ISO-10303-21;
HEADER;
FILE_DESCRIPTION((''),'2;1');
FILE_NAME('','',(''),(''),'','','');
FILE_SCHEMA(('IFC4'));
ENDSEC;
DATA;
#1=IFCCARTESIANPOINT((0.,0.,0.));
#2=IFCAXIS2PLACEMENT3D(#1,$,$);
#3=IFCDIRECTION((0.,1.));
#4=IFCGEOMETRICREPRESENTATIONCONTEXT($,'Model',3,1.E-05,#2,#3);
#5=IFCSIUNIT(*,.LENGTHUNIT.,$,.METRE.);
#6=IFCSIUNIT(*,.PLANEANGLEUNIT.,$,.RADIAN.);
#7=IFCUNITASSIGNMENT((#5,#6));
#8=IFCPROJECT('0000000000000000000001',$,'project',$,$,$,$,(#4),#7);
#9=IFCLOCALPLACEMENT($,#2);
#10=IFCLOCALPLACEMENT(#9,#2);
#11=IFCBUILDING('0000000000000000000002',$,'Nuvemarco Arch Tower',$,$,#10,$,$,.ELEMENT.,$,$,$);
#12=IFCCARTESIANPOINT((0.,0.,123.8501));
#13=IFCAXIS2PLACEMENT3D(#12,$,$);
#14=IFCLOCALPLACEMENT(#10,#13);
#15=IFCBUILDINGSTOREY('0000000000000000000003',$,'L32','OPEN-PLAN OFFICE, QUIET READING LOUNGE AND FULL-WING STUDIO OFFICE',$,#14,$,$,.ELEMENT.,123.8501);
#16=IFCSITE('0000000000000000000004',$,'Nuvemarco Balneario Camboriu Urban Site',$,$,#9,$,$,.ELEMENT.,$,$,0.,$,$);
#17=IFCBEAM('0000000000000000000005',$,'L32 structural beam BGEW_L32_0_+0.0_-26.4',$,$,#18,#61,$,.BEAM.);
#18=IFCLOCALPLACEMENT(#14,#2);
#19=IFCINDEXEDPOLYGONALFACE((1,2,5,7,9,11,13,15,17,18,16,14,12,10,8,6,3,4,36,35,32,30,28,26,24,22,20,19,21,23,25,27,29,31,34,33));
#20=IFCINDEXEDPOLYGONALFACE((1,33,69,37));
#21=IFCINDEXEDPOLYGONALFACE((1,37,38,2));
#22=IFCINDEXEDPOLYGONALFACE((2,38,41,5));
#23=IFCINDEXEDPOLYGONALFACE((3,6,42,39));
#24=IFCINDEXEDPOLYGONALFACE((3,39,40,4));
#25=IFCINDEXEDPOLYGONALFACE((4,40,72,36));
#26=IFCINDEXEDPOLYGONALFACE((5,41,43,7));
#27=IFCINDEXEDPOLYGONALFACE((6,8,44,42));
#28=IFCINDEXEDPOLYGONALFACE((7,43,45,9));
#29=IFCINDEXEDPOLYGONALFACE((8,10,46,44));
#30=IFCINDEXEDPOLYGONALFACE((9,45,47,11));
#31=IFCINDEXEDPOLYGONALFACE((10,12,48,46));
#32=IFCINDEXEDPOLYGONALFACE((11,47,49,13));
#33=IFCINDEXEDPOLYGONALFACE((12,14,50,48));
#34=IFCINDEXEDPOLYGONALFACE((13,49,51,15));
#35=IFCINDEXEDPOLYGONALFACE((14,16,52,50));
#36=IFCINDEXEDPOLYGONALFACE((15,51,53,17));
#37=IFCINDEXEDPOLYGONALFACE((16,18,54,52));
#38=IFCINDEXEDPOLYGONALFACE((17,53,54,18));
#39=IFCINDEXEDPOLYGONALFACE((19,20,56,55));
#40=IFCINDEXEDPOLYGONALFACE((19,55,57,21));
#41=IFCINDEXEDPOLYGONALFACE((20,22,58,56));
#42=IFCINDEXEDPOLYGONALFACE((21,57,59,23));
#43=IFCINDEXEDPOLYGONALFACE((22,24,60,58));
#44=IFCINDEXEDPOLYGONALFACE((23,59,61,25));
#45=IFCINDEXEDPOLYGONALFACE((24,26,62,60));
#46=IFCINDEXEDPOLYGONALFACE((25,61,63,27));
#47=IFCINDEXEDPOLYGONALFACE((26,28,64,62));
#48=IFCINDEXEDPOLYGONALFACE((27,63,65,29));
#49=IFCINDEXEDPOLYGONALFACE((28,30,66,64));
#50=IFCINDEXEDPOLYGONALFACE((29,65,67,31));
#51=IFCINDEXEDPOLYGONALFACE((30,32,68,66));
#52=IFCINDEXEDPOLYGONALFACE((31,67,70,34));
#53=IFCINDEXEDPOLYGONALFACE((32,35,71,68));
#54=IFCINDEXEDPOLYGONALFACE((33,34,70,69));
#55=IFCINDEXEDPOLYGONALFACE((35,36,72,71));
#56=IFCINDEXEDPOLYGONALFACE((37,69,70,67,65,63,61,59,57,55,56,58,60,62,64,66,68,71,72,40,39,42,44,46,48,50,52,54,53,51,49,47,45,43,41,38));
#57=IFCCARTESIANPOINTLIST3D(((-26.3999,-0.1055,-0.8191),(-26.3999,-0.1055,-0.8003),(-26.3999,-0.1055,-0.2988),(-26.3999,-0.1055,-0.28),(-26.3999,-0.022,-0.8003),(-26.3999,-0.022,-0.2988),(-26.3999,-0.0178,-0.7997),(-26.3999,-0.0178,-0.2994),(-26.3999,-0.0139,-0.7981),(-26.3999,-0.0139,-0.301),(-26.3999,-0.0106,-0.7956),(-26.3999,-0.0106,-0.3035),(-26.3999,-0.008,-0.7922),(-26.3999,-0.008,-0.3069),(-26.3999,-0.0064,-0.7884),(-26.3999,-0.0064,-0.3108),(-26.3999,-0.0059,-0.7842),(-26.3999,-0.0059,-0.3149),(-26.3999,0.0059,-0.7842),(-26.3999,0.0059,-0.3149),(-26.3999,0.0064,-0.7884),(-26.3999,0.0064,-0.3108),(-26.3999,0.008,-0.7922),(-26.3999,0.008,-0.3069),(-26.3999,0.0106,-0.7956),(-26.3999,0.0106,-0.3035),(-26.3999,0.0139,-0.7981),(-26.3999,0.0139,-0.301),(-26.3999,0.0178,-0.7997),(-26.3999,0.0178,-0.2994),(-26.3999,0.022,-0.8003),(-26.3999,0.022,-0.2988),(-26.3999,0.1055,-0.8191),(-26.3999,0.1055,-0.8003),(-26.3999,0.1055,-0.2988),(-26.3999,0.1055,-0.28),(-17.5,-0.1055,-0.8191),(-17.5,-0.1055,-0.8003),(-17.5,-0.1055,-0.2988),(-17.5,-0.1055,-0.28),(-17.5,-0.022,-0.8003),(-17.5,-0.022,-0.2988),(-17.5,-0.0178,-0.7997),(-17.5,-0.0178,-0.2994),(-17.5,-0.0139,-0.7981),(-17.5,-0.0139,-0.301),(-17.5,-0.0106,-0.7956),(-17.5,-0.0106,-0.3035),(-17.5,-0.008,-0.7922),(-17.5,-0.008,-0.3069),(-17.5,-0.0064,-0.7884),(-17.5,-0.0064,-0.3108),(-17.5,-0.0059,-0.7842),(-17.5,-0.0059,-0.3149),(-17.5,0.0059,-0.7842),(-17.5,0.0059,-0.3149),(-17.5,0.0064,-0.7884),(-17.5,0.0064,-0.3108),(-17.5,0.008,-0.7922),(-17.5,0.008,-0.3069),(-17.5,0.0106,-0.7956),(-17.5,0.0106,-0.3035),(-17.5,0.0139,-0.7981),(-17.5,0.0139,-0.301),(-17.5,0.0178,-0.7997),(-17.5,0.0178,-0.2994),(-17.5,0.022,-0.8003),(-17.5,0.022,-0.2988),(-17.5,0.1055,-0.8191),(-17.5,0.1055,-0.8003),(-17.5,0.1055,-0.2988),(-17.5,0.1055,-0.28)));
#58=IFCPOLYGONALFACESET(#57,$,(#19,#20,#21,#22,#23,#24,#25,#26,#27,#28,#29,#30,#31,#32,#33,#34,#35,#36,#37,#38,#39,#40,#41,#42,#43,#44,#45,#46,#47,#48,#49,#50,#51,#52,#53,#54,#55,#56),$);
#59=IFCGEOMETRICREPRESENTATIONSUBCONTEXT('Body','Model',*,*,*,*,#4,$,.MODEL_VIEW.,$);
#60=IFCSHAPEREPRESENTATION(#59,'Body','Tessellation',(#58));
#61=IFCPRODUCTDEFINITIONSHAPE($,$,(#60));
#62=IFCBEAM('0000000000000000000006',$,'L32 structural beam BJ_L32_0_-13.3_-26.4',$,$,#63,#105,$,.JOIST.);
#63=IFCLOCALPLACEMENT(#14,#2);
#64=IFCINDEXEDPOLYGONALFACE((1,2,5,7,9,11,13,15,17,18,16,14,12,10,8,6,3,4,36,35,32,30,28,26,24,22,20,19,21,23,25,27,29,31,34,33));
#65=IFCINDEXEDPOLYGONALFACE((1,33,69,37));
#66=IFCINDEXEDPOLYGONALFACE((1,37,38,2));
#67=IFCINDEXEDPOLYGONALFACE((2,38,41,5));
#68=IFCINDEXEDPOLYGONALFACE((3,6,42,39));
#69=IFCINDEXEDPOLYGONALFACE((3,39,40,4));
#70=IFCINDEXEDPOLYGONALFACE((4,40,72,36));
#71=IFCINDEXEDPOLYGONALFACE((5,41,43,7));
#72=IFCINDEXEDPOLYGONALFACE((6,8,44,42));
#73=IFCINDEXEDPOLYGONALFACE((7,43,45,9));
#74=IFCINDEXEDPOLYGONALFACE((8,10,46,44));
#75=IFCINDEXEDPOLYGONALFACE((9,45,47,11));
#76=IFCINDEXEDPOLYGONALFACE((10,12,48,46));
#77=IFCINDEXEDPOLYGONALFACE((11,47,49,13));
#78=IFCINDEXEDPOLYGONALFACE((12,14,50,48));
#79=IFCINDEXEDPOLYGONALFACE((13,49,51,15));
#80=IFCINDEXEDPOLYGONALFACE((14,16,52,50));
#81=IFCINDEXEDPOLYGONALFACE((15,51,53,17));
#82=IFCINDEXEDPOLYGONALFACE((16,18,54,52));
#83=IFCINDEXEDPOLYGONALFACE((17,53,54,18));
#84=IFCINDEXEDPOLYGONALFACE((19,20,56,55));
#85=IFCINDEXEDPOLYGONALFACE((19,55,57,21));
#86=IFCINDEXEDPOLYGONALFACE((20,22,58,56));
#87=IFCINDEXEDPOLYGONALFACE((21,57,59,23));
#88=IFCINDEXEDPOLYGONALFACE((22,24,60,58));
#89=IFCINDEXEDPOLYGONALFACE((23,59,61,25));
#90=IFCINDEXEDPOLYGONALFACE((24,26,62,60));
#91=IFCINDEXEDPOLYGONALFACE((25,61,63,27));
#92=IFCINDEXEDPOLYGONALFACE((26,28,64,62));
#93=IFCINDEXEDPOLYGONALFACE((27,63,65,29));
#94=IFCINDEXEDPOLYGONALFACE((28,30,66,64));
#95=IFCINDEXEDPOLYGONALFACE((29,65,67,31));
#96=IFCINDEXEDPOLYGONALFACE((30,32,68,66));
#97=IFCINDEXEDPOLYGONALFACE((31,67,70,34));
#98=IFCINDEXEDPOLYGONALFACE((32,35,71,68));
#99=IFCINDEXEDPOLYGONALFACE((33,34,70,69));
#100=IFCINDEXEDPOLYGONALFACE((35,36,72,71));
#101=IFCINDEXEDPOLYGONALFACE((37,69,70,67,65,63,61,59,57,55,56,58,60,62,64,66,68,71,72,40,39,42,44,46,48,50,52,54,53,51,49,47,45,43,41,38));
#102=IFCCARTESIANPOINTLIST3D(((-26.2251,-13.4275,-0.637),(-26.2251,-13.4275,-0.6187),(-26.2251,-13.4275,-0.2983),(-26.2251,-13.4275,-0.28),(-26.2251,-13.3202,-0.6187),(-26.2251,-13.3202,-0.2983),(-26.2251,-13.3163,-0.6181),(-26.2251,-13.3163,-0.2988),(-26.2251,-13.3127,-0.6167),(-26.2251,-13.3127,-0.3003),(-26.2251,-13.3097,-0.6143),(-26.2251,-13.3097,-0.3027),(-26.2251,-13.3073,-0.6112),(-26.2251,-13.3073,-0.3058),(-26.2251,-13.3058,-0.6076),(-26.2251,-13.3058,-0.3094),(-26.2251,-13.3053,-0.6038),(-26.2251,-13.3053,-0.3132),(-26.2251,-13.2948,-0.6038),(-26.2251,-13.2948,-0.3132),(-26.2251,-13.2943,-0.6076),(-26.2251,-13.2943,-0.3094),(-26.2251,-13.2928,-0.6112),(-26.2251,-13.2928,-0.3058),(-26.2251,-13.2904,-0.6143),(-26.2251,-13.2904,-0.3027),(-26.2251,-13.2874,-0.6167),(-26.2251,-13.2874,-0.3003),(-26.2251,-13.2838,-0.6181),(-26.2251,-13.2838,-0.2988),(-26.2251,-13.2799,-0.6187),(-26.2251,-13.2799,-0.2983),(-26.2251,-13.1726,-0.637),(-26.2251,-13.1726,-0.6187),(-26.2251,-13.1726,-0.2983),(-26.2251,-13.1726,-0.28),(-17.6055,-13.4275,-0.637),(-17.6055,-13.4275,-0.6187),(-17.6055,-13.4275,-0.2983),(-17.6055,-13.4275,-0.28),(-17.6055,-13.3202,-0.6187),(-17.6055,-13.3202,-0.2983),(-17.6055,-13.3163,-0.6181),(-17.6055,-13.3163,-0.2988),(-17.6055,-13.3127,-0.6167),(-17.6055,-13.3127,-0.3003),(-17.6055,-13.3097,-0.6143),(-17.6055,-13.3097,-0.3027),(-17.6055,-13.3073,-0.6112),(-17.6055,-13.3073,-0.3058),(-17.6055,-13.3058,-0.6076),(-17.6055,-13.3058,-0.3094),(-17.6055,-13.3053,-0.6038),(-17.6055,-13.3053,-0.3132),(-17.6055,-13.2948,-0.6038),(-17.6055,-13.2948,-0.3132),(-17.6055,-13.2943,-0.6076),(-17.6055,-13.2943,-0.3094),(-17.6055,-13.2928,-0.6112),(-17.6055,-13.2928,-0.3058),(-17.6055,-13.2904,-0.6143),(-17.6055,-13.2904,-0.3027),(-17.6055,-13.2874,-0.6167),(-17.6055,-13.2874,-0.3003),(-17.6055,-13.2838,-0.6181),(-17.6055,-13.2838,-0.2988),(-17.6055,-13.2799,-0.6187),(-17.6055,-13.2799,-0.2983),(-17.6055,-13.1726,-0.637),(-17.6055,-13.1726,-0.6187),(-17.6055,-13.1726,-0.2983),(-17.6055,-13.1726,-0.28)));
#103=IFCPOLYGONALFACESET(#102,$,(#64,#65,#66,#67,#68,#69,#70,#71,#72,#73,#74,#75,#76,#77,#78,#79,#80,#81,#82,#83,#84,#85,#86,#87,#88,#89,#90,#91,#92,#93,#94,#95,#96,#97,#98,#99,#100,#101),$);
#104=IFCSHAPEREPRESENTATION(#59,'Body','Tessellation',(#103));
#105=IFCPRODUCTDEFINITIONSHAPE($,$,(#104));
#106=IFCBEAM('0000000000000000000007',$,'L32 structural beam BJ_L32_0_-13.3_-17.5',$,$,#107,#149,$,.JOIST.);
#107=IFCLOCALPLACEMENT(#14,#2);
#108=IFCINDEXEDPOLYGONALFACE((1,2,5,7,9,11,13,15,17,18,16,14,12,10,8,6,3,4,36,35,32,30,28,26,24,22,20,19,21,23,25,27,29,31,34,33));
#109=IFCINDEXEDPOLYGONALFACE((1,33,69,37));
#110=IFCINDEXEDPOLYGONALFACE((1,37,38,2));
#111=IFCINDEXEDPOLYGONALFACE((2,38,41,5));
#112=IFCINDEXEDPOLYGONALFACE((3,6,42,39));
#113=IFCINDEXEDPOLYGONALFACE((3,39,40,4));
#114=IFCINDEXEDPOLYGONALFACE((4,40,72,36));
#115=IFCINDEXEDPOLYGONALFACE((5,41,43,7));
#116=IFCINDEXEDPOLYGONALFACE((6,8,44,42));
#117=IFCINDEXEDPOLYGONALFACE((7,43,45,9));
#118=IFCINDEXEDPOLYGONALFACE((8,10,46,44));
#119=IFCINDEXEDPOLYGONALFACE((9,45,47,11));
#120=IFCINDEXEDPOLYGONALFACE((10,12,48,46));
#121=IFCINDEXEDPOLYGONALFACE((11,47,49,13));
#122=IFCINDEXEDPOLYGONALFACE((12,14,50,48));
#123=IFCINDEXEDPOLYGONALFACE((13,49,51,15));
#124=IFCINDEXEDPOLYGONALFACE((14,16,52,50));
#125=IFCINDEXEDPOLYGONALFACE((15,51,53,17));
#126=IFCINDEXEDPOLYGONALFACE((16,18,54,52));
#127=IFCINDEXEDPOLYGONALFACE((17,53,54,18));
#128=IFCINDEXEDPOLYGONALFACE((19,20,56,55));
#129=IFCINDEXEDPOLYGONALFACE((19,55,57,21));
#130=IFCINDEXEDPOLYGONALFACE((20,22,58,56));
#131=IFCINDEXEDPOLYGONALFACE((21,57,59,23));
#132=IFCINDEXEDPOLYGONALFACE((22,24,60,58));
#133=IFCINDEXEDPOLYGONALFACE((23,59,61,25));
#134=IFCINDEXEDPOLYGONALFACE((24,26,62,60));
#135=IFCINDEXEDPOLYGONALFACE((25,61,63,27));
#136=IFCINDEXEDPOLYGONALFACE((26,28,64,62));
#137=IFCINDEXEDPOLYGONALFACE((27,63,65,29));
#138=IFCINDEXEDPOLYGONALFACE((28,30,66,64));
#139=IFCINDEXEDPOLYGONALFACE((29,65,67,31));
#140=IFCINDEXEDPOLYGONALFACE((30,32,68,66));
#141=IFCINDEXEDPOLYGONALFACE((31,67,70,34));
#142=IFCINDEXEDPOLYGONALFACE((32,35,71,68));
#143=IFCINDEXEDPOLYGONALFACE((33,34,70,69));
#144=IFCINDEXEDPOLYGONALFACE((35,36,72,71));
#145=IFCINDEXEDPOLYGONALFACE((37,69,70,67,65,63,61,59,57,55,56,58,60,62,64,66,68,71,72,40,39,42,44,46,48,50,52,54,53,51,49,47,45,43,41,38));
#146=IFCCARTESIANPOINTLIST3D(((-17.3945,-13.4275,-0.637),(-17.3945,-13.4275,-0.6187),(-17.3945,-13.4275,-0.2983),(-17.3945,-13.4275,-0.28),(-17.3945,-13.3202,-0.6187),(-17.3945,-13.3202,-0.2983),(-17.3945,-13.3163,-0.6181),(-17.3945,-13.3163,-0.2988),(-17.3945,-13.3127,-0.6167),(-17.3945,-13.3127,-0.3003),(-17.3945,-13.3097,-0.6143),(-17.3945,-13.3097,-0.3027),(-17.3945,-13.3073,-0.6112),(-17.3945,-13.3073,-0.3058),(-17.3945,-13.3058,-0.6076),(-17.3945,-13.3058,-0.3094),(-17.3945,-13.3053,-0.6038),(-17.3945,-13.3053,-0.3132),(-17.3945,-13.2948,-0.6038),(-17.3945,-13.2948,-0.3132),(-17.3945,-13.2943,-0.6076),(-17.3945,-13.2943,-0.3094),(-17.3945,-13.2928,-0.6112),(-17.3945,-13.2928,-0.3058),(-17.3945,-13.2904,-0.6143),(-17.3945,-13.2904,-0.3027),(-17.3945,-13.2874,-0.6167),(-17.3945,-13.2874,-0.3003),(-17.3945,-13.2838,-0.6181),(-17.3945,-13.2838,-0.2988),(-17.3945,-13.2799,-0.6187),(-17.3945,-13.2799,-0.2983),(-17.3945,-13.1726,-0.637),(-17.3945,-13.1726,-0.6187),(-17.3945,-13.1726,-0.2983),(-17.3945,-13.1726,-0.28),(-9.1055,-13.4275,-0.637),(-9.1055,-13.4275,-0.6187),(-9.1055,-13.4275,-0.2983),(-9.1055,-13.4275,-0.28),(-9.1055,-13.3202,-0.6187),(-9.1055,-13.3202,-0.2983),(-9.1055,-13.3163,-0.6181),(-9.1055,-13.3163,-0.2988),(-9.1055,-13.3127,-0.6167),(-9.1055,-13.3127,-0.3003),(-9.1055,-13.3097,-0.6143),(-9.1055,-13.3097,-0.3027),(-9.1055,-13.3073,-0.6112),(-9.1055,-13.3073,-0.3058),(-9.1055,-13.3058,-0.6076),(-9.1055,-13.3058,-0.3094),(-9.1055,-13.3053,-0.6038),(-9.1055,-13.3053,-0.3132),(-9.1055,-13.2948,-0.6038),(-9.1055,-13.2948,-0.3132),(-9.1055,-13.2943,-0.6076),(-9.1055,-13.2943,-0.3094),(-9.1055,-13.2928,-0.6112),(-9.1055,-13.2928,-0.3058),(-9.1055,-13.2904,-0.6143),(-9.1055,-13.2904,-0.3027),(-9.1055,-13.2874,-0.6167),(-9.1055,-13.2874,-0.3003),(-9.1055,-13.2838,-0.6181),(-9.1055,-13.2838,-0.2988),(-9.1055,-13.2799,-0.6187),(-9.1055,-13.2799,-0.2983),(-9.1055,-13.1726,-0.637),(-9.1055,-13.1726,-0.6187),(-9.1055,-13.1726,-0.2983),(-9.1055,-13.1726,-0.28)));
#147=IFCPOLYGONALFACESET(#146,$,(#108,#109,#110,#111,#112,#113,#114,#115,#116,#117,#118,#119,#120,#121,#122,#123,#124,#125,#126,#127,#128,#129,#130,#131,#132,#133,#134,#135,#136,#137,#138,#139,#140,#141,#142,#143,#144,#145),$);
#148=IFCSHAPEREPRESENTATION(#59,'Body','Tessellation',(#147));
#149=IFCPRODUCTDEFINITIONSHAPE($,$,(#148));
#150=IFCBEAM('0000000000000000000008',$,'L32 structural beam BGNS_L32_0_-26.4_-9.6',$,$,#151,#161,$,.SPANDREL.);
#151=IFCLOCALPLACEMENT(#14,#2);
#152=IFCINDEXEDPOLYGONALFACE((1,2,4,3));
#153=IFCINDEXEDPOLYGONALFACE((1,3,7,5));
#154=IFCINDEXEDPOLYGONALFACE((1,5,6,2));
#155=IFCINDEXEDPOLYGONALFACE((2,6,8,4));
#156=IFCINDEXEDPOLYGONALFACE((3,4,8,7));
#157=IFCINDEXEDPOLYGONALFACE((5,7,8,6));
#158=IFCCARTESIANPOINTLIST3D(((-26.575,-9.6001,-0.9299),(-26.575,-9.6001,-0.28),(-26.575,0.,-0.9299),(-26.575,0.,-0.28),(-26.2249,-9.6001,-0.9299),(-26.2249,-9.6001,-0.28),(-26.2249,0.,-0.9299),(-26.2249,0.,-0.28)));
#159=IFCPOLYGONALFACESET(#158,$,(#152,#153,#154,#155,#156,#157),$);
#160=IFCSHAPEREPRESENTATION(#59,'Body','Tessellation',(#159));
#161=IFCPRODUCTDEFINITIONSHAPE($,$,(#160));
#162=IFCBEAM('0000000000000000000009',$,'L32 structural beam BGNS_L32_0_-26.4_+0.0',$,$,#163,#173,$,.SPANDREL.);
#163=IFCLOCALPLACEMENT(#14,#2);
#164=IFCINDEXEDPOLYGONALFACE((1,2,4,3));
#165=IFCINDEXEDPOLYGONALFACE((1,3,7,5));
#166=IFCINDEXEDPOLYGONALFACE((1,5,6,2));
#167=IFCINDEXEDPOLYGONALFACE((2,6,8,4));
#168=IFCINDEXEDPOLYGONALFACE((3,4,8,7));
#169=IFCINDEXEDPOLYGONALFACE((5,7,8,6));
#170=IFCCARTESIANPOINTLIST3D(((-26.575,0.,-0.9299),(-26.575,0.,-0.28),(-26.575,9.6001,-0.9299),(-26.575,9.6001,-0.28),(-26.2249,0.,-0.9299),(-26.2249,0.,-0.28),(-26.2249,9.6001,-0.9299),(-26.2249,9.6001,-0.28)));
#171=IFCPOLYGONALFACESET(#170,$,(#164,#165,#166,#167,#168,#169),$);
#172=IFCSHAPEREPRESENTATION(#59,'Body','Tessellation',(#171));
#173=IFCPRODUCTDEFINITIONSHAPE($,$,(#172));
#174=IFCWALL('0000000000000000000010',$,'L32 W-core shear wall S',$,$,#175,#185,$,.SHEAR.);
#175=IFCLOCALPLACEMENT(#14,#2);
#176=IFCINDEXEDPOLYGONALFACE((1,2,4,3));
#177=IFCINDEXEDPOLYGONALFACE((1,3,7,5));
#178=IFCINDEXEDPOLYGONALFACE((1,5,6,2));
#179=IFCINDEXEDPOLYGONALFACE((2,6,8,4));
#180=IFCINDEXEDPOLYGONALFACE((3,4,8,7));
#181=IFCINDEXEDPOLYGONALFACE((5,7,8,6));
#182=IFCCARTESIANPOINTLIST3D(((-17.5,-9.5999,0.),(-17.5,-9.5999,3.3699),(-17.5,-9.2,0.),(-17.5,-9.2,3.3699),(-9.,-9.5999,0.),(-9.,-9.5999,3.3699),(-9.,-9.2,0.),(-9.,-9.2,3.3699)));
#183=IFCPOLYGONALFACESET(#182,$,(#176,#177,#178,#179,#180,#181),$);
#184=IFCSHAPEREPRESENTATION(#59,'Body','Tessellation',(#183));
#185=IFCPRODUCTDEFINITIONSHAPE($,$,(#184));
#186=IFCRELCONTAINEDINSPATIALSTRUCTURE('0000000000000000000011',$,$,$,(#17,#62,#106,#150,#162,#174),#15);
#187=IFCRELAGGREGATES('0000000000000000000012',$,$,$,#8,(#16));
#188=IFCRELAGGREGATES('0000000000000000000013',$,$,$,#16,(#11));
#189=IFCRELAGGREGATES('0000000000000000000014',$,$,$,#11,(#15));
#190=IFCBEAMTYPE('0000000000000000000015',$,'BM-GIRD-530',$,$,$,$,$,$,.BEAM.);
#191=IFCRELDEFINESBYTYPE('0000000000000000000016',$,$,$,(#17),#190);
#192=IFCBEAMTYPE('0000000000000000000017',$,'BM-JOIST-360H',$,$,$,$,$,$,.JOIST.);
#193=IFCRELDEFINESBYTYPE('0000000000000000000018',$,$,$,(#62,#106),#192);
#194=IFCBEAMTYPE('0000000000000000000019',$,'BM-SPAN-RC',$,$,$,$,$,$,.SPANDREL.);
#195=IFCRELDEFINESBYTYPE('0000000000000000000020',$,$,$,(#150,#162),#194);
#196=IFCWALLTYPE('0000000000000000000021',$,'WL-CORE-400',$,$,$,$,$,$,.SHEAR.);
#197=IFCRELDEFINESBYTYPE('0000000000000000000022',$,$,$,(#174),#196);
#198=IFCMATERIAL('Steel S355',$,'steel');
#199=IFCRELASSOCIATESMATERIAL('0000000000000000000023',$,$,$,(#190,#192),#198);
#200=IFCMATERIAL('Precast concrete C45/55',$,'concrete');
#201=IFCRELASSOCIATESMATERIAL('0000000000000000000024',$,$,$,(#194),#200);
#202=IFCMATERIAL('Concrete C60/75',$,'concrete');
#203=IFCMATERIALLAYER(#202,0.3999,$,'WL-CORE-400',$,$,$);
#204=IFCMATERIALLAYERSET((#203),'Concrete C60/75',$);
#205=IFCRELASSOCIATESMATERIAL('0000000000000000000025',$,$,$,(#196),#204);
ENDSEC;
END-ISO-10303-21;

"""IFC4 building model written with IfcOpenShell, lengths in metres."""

from ifc_helpers import new_model, si_unit, direction, frame, frame_2d, origin, origin_2d, place, context, subcontext, project, spatial, rectangle, i_section, extrude, material, layer, layer_set, material_profile, profile_set, type_object, element, save


model = new_model("IFC4")

# Units and contexts
model_context = context("Model", 3, precision=1e-05, world=origin(), true_north=direction((0.0, 1.0)))
body_context = subcontext(model_context, "Body", "Model", "MODEL_VIEW")
ifc_project = project(units=[si_unit("LENGTHUNIT", "METRE"), si_unit("PLANEANGLEUNIT", "RADIAN")], contexts=[model_context])

# Site, building, storey
site_placement = place(None, origin())
site = spatial("IfcSite", under=ifc_project, at=site_placement, Name="Nuvemarco Balneario Camboriu Urban Site", CompositionType="ELEMENT", RefElevation=0.0)
building_placement = place(site_placement, origin())
building = spatial("IfcBuilding", under=site, at=building_placement, Name="Nuvemarco Arch Tower", CompositionType="ELEMENT")
storey_placement = place(building_placement, frame((0.0, 0.0, 123.8501)))
storey = spatial("IfcBuildingStorey", under=building, at=storey_placement, Name="L32", Description="OPEN-PLAN OFFICE, QUIET READING LOUNGE AND FULL-WING STUDIO OFFICE", CompositionType="ELEMENT", Elevation=123.8501)

# Shared definitions
ifc_material_1 = material(Name="Steel S355", Category="steel")

# Beams
ifc_material_profile_1 = material_profile(ifc_material_1, i_section(OverallWidth=0.2109, OverallDepth=0.5391, WebThickness=0.0117, FlangeThickness=0.0188, FilletRadius=0.0161, at=origin_2d()), Name="W530x109")
ifc_profile_set_1 = profile_set([ifc_material_profile_1], Name="Steel S355")
beam_type_1 = type_object("IfcBeamType", Name="BM-GIRD-530", PredefinedType="BEAM", material=ifc_profile_set_1)
beam_1_placement = place(storey_placement, frame((-26.3999, 0.0, -0.5496), z_axis=(1.0, 0.0, 0.0), x_axis=(0.0, 1.0, 0.0)))
element("IfcBeam", 1, at=beam_1_placement, inside=storey, type_object=beam_type_1, Name="L32 structural beam BGEW_L32_0_+0.0_-26.4", PredefinedType="BEAM", context=body_context, shape_type="SweptSolid", body=[
    extrude(i_section(OverallWidth=0.2109, OverallDepth=0.5391, WebThickness=0.0117, FlangeThickness=0.0188, FilletRadius=0.0161, at=origin_2d()), origin(), (0.0, 0.0, 1.0), 8.8999),
])
ifc_material_profile_2 = material_profile(ifc_material_1, i_section(OverallWidth=0.2549, OverallDepth=0.3569, WebThickness=0.0105, FlangeThickness=0.0183, FilletRadius=0.0149, at=origin_2d()), Name="W360x101")
ifc_profile_set_2 = profile_set([ifc_material_profile_2], Name="Steel S355")
beam_type_2 = type_object("IfcBeamType", Name="BM-JOIST-360H", PredefinedType="JOIST", material=ifc_profile_set_2)
beam_2_placement = place(storey_placement, frame((-26.2251, -13.3, -0.4585), z_axis=(1.0, 0.0, 0.0), x_axis=(0.0, 1.0, 0.0)))
element("IfcBeam", 2, at=beam_2_placement, inside=storey, type_object=beam_type_2, Name="L32 structural beam BJ_L32_0_-13.3_-26.4", PredefinedType="JOIST", context=body_context, shape_type="SweptSolid", body=[
    extrude(i_section(OverallWidth=0.2549, OverallDepth=0.3569, WebThickness=0.0105, FlangeThickness=0.0183, FilletRadius=0.0149, at=origin_2d()), origin(), (0.0, 0.0, 1.0), 8.6196),
])
beam_3_placement = place(storey_placement, frame((-17.3945, -13.3, -0.4585), z_axis=(1.0, 0.0, 0.0), x_axis=(0.0, 1.0, 0.0)))
element("IfcBeam", 3, at=beam_3_placement, inside=storey, type_object=beam_type_2, Name="L32 structural beam BJ_L32_0_-13.3_-17.5", PredefinedType="JOIST", context=body_context, shape_type="SweptSolid", body=[
    extrude(i_section(OverallWidth=0.2549, OverallDepth=0.3569, WebThickness=0.0105, FlangeThickness=0.0183, FilletRadius=0.0149, at=origin_2d()), origin(), (0.0, 0.0, 1.0), 8.2891),
])
ifc_material_2 = material(Name="Precast concrete C45/55", Category="concrete")
ifc_material_profile_3 = material_profile(ifc_material_2, rectangle(XDim=0.3501, YDim=0.6499, at=origin_2d()), Name="PC-SP-350x650")
ifc_profile_set_3 = profile_set([ifc_material_profile_3], Name="Precast concrete C45/55")
beam_type_3 = type_object("IfcBeamType", Name="BM-SPAN-RC", PredefinedType="SPANDREL", material=ifc_profile_set_3)
for number, where, z_axis, x_axis, name in (
    (4, (-26.3999, -9.6001, -0.605), (0.0, 1.0, 0.0), (-1.0, 0.0, 0.0), "L32 structural beam BGNS_L32_0_-26.4_-9.6"),
    (5, (-26.3999, 0.0, -0.605), (0.0, 1.0, 0.0), (-1.0, 0.0, 0.0), "L32 structural beam BGNS_L32_0_-26.4_+0.0"),
):
    element("IfcBeam", number, at=place(storey_placement, frame(where, z_axis=z_axis, x_axis=x_axis)), inside=storey, type_object=beam_type_3, Name=name, PredefinedType="SPANDREL", context=body_context, shape_type="SweptSolid", body=[
        extrude(rectangle(XDim=0.3501, YDim=0.6499, at=origin_2d()), origin(), (0.0, 0.0, 1.0), 9.6001),
    ])

# Wall
ifc_material_3 = material(Name="Concrete C60/75", Category="concrete")
ifc_layer_1 = layer(ifc_material_3, 0.3999, Name="WL-CORE-400")
ifc_layer_set_1 = layer_set([ifc_layer_1], Name="Concrete C60/75")
wall_type = type_object("IfcWallType", Name="WL-CORE-400", PredefinedType="SHEAR", material=ifc_layer_set_1)
wall_1_placement = place(storey_placement, frame((-17.5, -9.3999, 0.0), z_axis=(0.0, 0.0, 1.0), x_axis=(1.0, 0.0, 0.0)))
element("IfcWall", 6, at=wall_1_placement, inside=storey, type_object=wall_type, Name="L32 W-core shear wall S", PredefinedType="SHEAR", context=body_context, shape_type="SweptSolid", body=[
    extrude(rectangle(XDim=8.5, YDim=0.3999, at=frame_2d((4.25, 0.0))), origin(), (0.0, 0.0, 1.0), 3.3699),
])

save(model, "model.ifc")
